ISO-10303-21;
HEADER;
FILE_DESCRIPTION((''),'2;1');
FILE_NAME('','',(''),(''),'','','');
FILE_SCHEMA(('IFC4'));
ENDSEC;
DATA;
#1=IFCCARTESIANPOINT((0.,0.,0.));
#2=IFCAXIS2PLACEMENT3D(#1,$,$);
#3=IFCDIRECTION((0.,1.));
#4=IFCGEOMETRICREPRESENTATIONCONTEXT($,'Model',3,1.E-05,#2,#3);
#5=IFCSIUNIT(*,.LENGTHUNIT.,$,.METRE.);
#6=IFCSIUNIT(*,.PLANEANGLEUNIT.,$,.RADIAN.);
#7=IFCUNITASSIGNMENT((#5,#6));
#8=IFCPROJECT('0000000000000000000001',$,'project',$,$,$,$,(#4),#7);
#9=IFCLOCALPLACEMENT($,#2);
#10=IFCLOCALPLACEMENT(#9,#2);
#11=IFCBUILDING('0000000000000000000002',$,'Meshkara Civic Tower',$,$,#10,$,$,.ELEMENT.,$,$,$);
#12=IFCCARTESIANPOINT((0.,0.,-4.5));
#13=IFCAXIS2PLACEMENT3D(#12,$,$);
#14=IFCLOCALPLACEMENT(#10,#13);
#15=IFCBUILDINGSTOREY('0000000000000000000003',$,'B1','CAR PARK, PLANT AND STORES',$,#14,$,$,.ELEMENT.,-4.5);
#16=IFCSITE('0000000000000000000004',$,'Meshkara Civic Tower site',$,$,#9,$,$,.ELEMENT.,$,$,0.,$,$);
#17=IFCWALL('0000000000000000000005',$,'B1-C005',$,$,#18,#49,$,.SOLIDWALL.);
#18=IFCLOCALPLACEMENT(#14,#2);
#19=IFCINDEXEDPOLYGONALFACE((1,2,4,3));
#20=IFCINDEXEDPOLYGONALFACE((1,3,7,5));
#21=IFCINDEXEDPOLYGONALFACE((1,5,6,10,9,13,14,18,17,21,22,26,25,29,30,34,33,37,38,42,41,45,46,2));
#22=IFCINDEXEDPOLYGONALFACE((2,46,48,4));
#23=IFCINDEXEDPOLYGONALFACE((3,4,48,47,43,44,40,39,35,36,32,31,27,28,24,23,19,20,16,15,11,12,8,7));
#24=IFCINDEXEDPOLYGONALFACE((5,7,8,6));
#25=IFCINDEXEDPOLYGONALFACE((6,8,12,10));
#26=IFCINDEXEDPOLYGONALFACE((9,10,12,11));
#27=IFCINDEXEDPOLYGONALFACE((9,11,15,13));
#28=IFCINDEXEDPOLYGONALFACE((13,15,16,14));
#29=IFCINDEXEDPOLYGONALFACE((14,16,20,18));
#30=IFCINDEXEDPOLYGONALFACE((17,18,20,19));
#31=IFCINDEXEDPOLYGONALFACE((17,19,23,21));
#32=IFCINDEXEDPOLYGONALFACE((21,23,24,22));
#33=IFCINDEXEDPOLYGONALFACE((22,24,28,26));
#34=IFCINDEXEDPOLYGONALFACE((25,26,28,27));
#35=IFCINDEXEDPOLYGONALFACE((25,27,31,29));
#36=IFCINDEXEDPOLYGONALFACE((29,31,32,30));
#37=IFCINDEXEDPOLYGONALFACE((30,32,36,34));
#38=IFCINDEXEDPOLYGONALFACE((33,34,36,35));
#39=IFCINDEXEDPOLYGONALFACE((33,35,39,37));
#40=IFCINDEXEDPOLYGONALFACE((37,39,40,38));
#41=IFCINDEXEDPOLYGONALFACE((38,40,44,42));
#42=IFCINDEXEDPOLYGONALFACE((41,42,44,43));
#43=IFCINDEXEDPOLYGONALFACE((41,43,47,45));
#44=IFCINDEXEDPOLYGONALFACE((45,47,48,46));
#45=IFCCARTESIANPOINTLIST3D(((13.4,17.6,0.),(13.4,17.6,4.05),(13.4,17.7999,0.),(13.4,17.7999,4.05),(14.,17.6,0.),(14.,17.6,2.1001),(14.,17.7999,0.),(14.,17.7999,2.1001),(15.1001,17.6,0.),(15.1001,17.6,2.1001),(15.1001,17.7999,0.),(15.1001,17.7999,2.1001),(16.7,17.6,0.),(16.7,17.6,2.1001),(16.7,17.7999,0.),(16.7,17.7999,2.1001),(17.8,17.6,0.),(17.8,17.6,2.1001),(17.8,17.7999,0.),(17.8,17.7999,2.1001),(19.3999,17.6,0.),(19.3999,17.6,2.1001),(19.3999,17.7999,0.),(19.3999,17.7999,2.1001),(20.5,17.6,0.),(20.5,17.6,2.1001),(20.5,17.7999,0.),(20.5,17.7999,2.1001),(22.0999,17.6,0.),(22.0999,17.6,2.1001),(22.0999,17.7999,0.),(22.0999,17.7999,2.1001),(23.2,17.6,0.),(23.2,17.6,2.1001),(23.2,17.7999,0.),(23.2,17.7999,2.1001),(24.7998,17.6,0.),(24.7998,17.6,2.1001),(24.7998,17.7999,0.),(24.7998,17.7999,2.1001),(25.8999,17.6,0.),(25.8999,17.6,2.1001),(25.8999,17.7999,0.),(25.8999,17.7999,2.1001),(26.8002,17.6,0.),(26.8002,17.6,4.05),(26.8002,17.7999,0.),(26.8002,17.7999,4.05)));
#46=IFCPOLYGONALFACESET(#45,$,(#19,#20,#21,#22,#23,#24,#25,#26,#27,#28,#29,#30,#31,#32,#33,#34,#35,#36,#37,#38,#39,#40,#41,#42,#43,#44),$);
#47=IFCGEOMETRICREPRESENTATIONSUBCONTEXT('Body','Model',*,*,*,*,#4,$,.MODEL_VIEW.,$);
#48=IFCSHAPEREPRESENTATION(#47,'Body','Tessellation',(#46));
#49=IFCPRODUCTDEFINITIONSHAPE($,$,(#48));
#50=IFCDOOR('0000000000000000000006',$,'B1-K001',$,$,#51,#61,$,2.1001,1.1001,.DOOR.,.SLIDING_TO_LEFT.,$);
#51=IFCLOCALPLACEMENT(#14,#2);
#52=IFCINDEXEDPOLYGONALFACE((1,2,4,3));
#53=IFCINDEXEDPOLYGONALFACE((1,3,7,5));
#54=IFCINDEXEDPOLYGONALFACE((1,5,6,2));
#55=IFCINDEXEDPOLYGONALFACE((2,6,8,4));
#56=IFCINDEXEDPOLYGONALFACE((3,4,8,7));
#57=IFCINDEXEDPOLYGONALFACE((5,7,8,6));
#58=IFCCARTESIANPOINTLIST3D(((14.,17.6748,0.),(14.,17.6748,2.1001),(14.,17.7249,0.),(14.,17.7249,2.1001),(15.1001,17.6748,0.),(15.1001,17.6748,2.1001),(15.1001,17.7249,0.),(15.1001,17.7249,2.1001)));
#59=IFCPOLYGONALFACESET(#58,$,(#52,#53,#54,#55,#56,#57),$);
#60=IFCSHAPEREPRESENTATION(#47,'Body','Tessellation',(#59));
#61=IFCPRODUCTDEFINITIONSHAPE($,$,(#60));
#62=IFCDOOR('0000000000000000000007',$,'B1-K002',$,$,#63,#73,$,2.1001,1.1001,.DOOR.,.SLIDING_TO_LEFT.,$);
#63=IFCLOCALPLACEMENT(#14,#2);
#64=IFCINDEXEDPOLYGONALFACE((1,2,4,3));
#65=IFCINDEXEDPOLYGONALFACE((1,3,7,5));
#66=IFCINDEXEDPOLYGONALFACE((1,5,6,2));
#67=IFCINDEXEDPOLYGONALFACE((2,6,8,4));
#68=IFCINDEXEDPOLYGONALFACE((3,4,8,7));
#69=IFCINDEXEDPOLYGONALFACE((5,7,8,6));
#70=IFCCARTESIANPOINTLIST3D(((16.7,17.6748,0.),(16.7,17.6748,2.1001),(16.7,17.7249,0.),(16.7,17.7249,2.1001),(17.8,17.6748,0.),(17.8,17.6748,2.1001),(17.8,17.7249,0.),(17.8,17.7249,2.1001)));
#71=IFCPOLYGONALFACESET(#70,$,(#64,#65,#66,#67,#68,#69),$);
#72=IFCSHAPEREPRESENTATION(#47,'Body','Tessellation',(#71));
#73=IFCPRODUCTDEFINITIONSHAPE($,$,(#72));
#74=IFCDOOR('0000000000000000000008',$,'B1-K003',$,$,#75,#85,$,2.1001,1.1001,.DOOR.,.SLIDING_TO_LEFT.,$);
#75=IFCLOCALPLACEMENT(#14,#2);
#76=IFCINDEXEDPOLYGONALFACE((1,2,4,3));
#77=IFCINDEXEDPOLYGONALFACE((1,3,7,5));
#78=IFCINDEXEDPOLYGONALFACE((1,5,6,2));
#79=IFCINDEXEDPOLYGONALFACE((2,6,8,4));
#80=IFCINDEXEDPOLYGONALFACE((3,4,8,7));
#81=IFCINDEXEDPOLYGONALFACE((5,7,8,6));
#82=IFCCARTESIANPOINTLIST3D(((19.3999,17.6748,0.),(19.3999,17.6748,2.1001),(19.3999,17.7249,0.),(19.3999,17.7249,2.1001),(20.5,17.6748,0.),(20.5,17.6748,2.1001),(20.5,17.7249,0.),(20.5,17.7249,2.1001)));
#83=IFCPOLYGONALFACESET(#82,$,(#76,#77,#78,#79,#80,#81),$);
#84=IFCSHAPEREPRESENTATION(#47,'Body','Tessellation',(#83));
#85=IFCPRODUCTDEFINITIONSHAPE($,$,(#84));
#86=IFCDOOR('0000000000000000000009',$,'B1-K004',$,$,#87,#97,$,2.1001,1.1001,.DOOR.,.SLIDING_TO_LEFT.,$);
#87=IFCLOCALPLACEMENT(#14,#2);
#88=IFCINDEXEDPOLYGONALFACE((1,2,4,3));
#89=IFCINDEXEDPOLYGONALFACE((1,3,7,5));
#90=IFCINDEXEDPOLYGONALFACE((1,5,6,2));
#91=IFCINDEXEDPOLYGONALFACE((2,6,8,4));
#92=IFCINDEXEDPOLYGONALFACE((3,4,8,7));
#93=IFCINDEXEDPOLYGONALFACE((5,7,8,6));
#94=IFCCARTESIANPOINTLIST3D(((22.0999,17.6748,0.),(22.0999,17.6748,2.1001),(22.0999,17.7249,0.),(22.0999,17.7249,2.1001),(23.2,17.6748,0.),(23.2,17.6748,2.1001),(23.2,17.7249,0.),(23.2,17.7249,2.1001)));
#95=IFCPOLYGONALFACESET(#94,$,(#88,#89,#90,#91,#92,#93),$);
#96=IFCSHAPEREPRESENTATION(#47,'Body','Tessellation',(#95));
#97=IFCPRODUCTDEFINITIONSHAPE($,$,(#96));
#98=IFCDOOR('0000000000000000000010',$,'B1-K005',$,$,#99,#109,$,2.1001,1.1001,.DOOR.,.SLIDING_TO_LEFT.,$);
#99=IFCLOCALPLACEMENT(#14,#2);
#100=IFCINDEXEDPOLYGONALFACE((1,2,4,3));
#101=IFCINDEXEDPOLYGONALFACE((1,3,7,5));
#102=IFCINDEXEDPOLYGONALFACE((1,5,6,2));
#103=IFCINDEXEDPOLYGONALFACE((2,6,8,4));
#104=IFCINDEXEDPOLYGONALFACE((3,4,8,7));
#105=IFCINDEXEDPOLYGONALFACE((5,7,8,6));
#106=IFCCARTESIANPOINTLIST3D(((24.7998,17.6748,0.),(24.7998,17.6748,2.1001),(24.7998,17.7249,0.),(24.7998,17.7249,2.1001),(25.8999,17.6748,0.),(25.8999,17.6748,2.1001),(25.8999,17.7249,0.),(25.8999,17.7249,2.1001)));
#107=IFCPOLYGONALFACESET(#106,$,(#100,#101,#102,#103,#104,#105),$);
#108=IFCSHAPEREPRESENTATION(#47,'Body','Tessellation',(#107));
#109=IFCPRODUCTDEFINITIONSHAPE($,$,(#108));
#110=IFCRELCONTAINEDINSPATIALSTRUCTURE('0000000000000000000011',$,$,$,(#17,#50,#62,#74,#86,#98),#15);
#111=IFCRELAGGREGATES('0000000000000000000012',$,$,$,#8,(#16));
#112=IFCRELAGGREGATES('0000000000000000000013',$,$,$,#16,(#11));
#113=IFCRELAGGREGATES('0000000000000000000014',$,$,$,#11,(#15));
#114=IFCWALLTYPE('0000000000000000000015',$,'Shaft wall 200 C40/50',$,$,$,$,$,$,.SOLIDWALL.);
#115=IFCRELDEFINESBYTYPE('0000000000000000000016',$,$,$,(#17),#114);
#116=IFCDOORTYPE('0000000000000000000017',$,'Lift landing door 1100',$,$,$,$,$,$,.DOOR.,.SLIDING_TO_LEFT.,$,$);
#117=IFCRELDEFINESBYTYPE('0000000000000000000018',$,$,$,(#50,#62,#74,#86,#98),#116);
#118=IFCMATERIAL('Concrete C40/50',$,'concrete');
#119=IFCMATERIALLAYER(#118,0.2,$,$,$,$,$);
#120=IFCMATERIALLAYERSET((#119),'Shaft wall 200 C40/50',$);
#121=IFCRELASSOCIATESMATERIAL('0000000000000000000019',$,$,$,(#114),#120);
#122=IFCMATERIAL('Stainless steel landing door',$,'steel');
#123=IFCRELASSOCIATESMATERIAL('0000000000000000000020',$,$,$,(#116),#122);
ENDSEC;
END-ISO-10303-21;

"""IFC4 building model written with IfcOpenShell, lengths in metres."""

from ifc_helpers import new_model, si_unit, direction, frame, frame_2d, origin, place, context, subcontext, project, spatial, rectangle, extrude, material, layer, layer_set, type_object, element, fill, save


model = new_model("IFC4")

# Units and contexts
model_context = context("Model", 3, precision=1e-05, world=origin(), true_north=direction((0.0, 1.0)))
body_context = subcontext(model_context, "Body", "Model", "MODEL_VIEW")
ifc_project = project(units=[si_unit("LENGTHUNIT", "METRE"), si_unit("PLANEANGLEUNIT", "RADIAN")], contexts=[model_context])

# Site, building, storey
site_placement = place(None, origin())
site = spatial("IfcSite", under=ifc_project, at=site_placement, Name="Meshkara Civic Tower site", CompositionType="ELEMENT", RefElevation=0.0)
building_placement = place(site_placement, origin())
building = spatial("IfcBuilding", under=site, at=building_placement, Name="Meshkara Civic Tower", CompositionType="ELEMENT")
storey_placement = place(building_placement, frame((0.0, 0.0, -4.5)))
storey = spatial("IfcBuildingStorey", under=building, at=storey_placement, Name="B1", Description="CAR PARK, PLANT AND STORES", CompositionType="ELEMENT", Elevation=-4.5)

# Wall, openings, doors
ifc_material_1 = material(Name="Concrete C40/50", Category="concrete")
ifc_layer_1 = layer(ifc_material_1, 0.2)
ifc_layer_set_1 = layer_set([ifc_layer_1], Name="Shaft wall 200 C40/50")
wall_type_1 = type_object("IfcWallType", Name="Shaft wall 200 C40/50", PredefinedType="SOLIDWALL", material=ifc_layer_set_1)
wall_1_placement = place(storey_placement, frame((13.3999, 17.7, 0.0), z_axis=(0.0, 0.0, 1.0), x_axis=(1.0, 0.0, 0.0)))
wall_1 = element("IfcWall", 1, at=wall_1_placement, inside=storey, type_object=wall_type_1, Name="B1-C005", PredefinedType="SOLIDWALL", context=body_context, shape_type="SweptSolid", body=[
    extrude(rectangle(XDim=13.4001, YDim=0.2, at=frame_2d((6.7002, 0.0))), origin(), (0.0, 0.0, 1.0), 4.05),
])
opening_1_placement = place(wall_1_placement, frame((0.6001, 0.0, 0.0)))
opening_1 = element("IfcOpeningElement", 2, at=opening_1_placement, cuts=wall_1, PredefinedType="OPENING", context=body_context, shape_type="SweptSolid", body=[
    extrude(rectangle(XDim=1.1001, YDim=2.1001, at=frame_2d((0.55, 1.05))), frame((0.0, 0.1099, 0.0), z_axis=(0.0, -1.0, 0.0), x_axis=(1.0, 0.0, 0.0)), (0.0, 0.0, 1.0), 0.22),
])
opening_2_placement = place(wall_1_placement, frame((3.3, 0.0, 0.0)))
opening_2 = element("IfcOpeningElement", 3, at=opening_2_placement, cuts=wall_1, PredefinedType="OPENING", context=body_context, shape_type="SweptSolid", body=[
    extrude(rectangle(XDim=1.1001, YDim=2.1001, at=frame_2d((0.55, 1.05))), frame((0.0, 0.1099, 0.0), z_axis=(0.0, -1.0, 0.0), x_axis=(1.0, 0.0, 0.0)), (0.0, 0.0, 1.0), 0.22),
])
opening_3_placement = place(wall_1_placement, frame((6.0, 0.0, 0.0)))
opening_3 = element("IfcOpeningElement", 4, at=opening_3_placement, cuts=wall_1, PredefinedType="OPENING", context=body_context, shape_type="SweptSolid", body=[
    extrude(rectangle(XDim=1.1001, YDim=2.1001, at=frame_2d((0.55, 1.05))), frame((0.0, 0.1099, 0.0), z_axis=(0.0, -1.0, 0.0), x_axis=(1.0, 0.0, 0.0)), (0.0, 0.0, 1.0), 0.22),
])
opening_4_placement = place(wall_1_placement, frame((8.7, 0.0, 0.0)))
opening_4 = element("IfcOpeningElement", 5, at=opening_4_placement, cuts=wall_1, PredefinedType="OPENING", context=body_context, shape_type="SweptSolid", body=[
    extrude(rectangle(XDim=1.1001, YDim=2.1001, at=frame_2d((0.55, 1.05))), frame((0.0, 0.1099, 0.0), z_axis=(0.0, -1.0, 0.0), x_axis=(1.0, 0.0, 0.0)), (0.0, 0.0, 1.0), 0.22),
])
opening_5_placement = place(wall_1_placement, frame((11.3999, 0.0, 0.0)))
opening_5 = element("IfcOpeningElement", 6, at=opening_5_placement, cuts=wall_1, PredefinedType="OPENING", context=body_context, shape_type="SweptSolid", body=[
    extrude(rectangle(XDim=1.1001, YDim=2.1001, at=frame_2d((0.55, 1.05))), frame((0.0, 0.1099, 0.0), z_axis=(0.0, -1.0, 0.0), x_axis=(1.0, 0.0, 0.0)), (0.0, 0.0, 1.0), 0.22),
])
ifc_material_2 = material(Name="Stainless steel landing door", Category="steel")
door_type_1 = type_object("IfcDoorType", Name="Lift landing door 1100", OperationType="SLIDING_TO_LEFT", PredefinedType="DOOR", material=ifc_material_2)
door_1_placement = place(opening_1_placement, origin())
door_1 = element("IfcDoor", 7, at=door_1_placement, inside=storey, type_object=door_type_1, Name="B1-K001", OperationType="SLIDING_TO_LEFT", OverallHeight=2.1001, OverallWidth=1.1001, PredefinedType="DOOR", context=body_context, shape_type="SweptSolid", body=[
    extrude(rectangle(XDim=1.1001, YDim=2.1001, at=frame_2d((0.55, 1.05))), frame((0.0, 0.0249, 0.0), z_axis=(0.0, -1.0, 0.0), x_axis=(1.0, 0.0, 0.0)), (0.0, 0.0, 1.0), 0.05),
])
fill(opening_1, door_1)
door_2_placement = place(opening_2_placement, origin())
door_2 = element("IfcDoor", 8, at=door_2_placement, inside=storey, type_object=door_type_1, Name="B1-K002", OperationType="SLIDING_TO_LEFT", OverallHeight=2.1001, OverallWidth=1.1001, PredefinedType="DOOR", context=body_context, shape_type="SweptSolid", body=[
    extrude(rectangle(XDim=1.1001, YDim=2.1001, at=frame_2d((0.55, 1.05))), frame((0.0, 0.0249, 0.0), z_axis=(0.0, -1.0, 0.0), x_axis=(1.0, 0.0, 0.0)), (0.0, 0.0, 1.0), 0.05),
])
fill(opening_2, door_2)
door_3_placement = place(opening_3_placement, origin())
door_3 = element("IfcDoor", 9, at=door_3_placement, inside=storey, type_object=door_type_1, Name="B1-K003", OperationType="SLIDING_TO_LEFT", OverallHeight=2.1001, OverallWidth=1.1001, PredefinedType="DOOR", context=body_context, shape_type="SweptSolid", body=[
    extrude(rectangle(XDim=1.1001, YDim=2.1001, at=frame_2d((0.55, 1.05))), frame((0.0, 0.0249, 0.0), z_axis=(0.0, -1.0, 0.0), x_axis=(1.0, 0.0, 0.0)), (0.0, 0.0, 1.0), 0.05),
])
fill(opening_3, door_3)
door_4_placement = place(opening_4_placement, origin())
door_4 = element("IfcDoor", 10, at=door_4_placement, inside=storey, type_object=door_type_1, Name="B1-K004", OperationType="SLIDING_TO_LEFT", OverallHeight=2.1001, OverallWidth=1.1001, PredefinedType="DOOR", context=body_context, shape_type="SweptSolid", body=[
    extrude(rectangle(XDim=1.1001, YDim=2.1001, at=frame_2d((0.55, 1.05))), frame((0.0, 0.0249, 0.0), z_axis=(0.0, -1.0, 0.0), x_axis=(1.0, 0.0, 0.0)), (0.0, 0.0, 1.0), 0.05),
])
fill(opening_4, door_4)
door_5_placement = place(opening_5_placement, origin())
door_5 = element("IfcDoor", 11, at=door_5_placement, inside=storey, type_object=door_type_1, Name="B1-K005", OperationType="SLIDING_TO_LEFT", OverallHeight=2.1001, OverallWidth=1.1001, PredefinedType="DOOR", context=body_context, shape_type="SweptSolid", body=[
    extrude(rectangle(XDim=1.1001, YDim=2.1001, at=frame_2d((0.55, 1.05))), frame((0.0, 0.0249, 0.0), z_axis=(0.0, -1.0, 0.0), x_axis=(1.0, 0.0, 0.0)), (0.0, 0.0, 1.0), 0.05),
])
fill(opening_5, door_5)

save(model, "model.ifc")
